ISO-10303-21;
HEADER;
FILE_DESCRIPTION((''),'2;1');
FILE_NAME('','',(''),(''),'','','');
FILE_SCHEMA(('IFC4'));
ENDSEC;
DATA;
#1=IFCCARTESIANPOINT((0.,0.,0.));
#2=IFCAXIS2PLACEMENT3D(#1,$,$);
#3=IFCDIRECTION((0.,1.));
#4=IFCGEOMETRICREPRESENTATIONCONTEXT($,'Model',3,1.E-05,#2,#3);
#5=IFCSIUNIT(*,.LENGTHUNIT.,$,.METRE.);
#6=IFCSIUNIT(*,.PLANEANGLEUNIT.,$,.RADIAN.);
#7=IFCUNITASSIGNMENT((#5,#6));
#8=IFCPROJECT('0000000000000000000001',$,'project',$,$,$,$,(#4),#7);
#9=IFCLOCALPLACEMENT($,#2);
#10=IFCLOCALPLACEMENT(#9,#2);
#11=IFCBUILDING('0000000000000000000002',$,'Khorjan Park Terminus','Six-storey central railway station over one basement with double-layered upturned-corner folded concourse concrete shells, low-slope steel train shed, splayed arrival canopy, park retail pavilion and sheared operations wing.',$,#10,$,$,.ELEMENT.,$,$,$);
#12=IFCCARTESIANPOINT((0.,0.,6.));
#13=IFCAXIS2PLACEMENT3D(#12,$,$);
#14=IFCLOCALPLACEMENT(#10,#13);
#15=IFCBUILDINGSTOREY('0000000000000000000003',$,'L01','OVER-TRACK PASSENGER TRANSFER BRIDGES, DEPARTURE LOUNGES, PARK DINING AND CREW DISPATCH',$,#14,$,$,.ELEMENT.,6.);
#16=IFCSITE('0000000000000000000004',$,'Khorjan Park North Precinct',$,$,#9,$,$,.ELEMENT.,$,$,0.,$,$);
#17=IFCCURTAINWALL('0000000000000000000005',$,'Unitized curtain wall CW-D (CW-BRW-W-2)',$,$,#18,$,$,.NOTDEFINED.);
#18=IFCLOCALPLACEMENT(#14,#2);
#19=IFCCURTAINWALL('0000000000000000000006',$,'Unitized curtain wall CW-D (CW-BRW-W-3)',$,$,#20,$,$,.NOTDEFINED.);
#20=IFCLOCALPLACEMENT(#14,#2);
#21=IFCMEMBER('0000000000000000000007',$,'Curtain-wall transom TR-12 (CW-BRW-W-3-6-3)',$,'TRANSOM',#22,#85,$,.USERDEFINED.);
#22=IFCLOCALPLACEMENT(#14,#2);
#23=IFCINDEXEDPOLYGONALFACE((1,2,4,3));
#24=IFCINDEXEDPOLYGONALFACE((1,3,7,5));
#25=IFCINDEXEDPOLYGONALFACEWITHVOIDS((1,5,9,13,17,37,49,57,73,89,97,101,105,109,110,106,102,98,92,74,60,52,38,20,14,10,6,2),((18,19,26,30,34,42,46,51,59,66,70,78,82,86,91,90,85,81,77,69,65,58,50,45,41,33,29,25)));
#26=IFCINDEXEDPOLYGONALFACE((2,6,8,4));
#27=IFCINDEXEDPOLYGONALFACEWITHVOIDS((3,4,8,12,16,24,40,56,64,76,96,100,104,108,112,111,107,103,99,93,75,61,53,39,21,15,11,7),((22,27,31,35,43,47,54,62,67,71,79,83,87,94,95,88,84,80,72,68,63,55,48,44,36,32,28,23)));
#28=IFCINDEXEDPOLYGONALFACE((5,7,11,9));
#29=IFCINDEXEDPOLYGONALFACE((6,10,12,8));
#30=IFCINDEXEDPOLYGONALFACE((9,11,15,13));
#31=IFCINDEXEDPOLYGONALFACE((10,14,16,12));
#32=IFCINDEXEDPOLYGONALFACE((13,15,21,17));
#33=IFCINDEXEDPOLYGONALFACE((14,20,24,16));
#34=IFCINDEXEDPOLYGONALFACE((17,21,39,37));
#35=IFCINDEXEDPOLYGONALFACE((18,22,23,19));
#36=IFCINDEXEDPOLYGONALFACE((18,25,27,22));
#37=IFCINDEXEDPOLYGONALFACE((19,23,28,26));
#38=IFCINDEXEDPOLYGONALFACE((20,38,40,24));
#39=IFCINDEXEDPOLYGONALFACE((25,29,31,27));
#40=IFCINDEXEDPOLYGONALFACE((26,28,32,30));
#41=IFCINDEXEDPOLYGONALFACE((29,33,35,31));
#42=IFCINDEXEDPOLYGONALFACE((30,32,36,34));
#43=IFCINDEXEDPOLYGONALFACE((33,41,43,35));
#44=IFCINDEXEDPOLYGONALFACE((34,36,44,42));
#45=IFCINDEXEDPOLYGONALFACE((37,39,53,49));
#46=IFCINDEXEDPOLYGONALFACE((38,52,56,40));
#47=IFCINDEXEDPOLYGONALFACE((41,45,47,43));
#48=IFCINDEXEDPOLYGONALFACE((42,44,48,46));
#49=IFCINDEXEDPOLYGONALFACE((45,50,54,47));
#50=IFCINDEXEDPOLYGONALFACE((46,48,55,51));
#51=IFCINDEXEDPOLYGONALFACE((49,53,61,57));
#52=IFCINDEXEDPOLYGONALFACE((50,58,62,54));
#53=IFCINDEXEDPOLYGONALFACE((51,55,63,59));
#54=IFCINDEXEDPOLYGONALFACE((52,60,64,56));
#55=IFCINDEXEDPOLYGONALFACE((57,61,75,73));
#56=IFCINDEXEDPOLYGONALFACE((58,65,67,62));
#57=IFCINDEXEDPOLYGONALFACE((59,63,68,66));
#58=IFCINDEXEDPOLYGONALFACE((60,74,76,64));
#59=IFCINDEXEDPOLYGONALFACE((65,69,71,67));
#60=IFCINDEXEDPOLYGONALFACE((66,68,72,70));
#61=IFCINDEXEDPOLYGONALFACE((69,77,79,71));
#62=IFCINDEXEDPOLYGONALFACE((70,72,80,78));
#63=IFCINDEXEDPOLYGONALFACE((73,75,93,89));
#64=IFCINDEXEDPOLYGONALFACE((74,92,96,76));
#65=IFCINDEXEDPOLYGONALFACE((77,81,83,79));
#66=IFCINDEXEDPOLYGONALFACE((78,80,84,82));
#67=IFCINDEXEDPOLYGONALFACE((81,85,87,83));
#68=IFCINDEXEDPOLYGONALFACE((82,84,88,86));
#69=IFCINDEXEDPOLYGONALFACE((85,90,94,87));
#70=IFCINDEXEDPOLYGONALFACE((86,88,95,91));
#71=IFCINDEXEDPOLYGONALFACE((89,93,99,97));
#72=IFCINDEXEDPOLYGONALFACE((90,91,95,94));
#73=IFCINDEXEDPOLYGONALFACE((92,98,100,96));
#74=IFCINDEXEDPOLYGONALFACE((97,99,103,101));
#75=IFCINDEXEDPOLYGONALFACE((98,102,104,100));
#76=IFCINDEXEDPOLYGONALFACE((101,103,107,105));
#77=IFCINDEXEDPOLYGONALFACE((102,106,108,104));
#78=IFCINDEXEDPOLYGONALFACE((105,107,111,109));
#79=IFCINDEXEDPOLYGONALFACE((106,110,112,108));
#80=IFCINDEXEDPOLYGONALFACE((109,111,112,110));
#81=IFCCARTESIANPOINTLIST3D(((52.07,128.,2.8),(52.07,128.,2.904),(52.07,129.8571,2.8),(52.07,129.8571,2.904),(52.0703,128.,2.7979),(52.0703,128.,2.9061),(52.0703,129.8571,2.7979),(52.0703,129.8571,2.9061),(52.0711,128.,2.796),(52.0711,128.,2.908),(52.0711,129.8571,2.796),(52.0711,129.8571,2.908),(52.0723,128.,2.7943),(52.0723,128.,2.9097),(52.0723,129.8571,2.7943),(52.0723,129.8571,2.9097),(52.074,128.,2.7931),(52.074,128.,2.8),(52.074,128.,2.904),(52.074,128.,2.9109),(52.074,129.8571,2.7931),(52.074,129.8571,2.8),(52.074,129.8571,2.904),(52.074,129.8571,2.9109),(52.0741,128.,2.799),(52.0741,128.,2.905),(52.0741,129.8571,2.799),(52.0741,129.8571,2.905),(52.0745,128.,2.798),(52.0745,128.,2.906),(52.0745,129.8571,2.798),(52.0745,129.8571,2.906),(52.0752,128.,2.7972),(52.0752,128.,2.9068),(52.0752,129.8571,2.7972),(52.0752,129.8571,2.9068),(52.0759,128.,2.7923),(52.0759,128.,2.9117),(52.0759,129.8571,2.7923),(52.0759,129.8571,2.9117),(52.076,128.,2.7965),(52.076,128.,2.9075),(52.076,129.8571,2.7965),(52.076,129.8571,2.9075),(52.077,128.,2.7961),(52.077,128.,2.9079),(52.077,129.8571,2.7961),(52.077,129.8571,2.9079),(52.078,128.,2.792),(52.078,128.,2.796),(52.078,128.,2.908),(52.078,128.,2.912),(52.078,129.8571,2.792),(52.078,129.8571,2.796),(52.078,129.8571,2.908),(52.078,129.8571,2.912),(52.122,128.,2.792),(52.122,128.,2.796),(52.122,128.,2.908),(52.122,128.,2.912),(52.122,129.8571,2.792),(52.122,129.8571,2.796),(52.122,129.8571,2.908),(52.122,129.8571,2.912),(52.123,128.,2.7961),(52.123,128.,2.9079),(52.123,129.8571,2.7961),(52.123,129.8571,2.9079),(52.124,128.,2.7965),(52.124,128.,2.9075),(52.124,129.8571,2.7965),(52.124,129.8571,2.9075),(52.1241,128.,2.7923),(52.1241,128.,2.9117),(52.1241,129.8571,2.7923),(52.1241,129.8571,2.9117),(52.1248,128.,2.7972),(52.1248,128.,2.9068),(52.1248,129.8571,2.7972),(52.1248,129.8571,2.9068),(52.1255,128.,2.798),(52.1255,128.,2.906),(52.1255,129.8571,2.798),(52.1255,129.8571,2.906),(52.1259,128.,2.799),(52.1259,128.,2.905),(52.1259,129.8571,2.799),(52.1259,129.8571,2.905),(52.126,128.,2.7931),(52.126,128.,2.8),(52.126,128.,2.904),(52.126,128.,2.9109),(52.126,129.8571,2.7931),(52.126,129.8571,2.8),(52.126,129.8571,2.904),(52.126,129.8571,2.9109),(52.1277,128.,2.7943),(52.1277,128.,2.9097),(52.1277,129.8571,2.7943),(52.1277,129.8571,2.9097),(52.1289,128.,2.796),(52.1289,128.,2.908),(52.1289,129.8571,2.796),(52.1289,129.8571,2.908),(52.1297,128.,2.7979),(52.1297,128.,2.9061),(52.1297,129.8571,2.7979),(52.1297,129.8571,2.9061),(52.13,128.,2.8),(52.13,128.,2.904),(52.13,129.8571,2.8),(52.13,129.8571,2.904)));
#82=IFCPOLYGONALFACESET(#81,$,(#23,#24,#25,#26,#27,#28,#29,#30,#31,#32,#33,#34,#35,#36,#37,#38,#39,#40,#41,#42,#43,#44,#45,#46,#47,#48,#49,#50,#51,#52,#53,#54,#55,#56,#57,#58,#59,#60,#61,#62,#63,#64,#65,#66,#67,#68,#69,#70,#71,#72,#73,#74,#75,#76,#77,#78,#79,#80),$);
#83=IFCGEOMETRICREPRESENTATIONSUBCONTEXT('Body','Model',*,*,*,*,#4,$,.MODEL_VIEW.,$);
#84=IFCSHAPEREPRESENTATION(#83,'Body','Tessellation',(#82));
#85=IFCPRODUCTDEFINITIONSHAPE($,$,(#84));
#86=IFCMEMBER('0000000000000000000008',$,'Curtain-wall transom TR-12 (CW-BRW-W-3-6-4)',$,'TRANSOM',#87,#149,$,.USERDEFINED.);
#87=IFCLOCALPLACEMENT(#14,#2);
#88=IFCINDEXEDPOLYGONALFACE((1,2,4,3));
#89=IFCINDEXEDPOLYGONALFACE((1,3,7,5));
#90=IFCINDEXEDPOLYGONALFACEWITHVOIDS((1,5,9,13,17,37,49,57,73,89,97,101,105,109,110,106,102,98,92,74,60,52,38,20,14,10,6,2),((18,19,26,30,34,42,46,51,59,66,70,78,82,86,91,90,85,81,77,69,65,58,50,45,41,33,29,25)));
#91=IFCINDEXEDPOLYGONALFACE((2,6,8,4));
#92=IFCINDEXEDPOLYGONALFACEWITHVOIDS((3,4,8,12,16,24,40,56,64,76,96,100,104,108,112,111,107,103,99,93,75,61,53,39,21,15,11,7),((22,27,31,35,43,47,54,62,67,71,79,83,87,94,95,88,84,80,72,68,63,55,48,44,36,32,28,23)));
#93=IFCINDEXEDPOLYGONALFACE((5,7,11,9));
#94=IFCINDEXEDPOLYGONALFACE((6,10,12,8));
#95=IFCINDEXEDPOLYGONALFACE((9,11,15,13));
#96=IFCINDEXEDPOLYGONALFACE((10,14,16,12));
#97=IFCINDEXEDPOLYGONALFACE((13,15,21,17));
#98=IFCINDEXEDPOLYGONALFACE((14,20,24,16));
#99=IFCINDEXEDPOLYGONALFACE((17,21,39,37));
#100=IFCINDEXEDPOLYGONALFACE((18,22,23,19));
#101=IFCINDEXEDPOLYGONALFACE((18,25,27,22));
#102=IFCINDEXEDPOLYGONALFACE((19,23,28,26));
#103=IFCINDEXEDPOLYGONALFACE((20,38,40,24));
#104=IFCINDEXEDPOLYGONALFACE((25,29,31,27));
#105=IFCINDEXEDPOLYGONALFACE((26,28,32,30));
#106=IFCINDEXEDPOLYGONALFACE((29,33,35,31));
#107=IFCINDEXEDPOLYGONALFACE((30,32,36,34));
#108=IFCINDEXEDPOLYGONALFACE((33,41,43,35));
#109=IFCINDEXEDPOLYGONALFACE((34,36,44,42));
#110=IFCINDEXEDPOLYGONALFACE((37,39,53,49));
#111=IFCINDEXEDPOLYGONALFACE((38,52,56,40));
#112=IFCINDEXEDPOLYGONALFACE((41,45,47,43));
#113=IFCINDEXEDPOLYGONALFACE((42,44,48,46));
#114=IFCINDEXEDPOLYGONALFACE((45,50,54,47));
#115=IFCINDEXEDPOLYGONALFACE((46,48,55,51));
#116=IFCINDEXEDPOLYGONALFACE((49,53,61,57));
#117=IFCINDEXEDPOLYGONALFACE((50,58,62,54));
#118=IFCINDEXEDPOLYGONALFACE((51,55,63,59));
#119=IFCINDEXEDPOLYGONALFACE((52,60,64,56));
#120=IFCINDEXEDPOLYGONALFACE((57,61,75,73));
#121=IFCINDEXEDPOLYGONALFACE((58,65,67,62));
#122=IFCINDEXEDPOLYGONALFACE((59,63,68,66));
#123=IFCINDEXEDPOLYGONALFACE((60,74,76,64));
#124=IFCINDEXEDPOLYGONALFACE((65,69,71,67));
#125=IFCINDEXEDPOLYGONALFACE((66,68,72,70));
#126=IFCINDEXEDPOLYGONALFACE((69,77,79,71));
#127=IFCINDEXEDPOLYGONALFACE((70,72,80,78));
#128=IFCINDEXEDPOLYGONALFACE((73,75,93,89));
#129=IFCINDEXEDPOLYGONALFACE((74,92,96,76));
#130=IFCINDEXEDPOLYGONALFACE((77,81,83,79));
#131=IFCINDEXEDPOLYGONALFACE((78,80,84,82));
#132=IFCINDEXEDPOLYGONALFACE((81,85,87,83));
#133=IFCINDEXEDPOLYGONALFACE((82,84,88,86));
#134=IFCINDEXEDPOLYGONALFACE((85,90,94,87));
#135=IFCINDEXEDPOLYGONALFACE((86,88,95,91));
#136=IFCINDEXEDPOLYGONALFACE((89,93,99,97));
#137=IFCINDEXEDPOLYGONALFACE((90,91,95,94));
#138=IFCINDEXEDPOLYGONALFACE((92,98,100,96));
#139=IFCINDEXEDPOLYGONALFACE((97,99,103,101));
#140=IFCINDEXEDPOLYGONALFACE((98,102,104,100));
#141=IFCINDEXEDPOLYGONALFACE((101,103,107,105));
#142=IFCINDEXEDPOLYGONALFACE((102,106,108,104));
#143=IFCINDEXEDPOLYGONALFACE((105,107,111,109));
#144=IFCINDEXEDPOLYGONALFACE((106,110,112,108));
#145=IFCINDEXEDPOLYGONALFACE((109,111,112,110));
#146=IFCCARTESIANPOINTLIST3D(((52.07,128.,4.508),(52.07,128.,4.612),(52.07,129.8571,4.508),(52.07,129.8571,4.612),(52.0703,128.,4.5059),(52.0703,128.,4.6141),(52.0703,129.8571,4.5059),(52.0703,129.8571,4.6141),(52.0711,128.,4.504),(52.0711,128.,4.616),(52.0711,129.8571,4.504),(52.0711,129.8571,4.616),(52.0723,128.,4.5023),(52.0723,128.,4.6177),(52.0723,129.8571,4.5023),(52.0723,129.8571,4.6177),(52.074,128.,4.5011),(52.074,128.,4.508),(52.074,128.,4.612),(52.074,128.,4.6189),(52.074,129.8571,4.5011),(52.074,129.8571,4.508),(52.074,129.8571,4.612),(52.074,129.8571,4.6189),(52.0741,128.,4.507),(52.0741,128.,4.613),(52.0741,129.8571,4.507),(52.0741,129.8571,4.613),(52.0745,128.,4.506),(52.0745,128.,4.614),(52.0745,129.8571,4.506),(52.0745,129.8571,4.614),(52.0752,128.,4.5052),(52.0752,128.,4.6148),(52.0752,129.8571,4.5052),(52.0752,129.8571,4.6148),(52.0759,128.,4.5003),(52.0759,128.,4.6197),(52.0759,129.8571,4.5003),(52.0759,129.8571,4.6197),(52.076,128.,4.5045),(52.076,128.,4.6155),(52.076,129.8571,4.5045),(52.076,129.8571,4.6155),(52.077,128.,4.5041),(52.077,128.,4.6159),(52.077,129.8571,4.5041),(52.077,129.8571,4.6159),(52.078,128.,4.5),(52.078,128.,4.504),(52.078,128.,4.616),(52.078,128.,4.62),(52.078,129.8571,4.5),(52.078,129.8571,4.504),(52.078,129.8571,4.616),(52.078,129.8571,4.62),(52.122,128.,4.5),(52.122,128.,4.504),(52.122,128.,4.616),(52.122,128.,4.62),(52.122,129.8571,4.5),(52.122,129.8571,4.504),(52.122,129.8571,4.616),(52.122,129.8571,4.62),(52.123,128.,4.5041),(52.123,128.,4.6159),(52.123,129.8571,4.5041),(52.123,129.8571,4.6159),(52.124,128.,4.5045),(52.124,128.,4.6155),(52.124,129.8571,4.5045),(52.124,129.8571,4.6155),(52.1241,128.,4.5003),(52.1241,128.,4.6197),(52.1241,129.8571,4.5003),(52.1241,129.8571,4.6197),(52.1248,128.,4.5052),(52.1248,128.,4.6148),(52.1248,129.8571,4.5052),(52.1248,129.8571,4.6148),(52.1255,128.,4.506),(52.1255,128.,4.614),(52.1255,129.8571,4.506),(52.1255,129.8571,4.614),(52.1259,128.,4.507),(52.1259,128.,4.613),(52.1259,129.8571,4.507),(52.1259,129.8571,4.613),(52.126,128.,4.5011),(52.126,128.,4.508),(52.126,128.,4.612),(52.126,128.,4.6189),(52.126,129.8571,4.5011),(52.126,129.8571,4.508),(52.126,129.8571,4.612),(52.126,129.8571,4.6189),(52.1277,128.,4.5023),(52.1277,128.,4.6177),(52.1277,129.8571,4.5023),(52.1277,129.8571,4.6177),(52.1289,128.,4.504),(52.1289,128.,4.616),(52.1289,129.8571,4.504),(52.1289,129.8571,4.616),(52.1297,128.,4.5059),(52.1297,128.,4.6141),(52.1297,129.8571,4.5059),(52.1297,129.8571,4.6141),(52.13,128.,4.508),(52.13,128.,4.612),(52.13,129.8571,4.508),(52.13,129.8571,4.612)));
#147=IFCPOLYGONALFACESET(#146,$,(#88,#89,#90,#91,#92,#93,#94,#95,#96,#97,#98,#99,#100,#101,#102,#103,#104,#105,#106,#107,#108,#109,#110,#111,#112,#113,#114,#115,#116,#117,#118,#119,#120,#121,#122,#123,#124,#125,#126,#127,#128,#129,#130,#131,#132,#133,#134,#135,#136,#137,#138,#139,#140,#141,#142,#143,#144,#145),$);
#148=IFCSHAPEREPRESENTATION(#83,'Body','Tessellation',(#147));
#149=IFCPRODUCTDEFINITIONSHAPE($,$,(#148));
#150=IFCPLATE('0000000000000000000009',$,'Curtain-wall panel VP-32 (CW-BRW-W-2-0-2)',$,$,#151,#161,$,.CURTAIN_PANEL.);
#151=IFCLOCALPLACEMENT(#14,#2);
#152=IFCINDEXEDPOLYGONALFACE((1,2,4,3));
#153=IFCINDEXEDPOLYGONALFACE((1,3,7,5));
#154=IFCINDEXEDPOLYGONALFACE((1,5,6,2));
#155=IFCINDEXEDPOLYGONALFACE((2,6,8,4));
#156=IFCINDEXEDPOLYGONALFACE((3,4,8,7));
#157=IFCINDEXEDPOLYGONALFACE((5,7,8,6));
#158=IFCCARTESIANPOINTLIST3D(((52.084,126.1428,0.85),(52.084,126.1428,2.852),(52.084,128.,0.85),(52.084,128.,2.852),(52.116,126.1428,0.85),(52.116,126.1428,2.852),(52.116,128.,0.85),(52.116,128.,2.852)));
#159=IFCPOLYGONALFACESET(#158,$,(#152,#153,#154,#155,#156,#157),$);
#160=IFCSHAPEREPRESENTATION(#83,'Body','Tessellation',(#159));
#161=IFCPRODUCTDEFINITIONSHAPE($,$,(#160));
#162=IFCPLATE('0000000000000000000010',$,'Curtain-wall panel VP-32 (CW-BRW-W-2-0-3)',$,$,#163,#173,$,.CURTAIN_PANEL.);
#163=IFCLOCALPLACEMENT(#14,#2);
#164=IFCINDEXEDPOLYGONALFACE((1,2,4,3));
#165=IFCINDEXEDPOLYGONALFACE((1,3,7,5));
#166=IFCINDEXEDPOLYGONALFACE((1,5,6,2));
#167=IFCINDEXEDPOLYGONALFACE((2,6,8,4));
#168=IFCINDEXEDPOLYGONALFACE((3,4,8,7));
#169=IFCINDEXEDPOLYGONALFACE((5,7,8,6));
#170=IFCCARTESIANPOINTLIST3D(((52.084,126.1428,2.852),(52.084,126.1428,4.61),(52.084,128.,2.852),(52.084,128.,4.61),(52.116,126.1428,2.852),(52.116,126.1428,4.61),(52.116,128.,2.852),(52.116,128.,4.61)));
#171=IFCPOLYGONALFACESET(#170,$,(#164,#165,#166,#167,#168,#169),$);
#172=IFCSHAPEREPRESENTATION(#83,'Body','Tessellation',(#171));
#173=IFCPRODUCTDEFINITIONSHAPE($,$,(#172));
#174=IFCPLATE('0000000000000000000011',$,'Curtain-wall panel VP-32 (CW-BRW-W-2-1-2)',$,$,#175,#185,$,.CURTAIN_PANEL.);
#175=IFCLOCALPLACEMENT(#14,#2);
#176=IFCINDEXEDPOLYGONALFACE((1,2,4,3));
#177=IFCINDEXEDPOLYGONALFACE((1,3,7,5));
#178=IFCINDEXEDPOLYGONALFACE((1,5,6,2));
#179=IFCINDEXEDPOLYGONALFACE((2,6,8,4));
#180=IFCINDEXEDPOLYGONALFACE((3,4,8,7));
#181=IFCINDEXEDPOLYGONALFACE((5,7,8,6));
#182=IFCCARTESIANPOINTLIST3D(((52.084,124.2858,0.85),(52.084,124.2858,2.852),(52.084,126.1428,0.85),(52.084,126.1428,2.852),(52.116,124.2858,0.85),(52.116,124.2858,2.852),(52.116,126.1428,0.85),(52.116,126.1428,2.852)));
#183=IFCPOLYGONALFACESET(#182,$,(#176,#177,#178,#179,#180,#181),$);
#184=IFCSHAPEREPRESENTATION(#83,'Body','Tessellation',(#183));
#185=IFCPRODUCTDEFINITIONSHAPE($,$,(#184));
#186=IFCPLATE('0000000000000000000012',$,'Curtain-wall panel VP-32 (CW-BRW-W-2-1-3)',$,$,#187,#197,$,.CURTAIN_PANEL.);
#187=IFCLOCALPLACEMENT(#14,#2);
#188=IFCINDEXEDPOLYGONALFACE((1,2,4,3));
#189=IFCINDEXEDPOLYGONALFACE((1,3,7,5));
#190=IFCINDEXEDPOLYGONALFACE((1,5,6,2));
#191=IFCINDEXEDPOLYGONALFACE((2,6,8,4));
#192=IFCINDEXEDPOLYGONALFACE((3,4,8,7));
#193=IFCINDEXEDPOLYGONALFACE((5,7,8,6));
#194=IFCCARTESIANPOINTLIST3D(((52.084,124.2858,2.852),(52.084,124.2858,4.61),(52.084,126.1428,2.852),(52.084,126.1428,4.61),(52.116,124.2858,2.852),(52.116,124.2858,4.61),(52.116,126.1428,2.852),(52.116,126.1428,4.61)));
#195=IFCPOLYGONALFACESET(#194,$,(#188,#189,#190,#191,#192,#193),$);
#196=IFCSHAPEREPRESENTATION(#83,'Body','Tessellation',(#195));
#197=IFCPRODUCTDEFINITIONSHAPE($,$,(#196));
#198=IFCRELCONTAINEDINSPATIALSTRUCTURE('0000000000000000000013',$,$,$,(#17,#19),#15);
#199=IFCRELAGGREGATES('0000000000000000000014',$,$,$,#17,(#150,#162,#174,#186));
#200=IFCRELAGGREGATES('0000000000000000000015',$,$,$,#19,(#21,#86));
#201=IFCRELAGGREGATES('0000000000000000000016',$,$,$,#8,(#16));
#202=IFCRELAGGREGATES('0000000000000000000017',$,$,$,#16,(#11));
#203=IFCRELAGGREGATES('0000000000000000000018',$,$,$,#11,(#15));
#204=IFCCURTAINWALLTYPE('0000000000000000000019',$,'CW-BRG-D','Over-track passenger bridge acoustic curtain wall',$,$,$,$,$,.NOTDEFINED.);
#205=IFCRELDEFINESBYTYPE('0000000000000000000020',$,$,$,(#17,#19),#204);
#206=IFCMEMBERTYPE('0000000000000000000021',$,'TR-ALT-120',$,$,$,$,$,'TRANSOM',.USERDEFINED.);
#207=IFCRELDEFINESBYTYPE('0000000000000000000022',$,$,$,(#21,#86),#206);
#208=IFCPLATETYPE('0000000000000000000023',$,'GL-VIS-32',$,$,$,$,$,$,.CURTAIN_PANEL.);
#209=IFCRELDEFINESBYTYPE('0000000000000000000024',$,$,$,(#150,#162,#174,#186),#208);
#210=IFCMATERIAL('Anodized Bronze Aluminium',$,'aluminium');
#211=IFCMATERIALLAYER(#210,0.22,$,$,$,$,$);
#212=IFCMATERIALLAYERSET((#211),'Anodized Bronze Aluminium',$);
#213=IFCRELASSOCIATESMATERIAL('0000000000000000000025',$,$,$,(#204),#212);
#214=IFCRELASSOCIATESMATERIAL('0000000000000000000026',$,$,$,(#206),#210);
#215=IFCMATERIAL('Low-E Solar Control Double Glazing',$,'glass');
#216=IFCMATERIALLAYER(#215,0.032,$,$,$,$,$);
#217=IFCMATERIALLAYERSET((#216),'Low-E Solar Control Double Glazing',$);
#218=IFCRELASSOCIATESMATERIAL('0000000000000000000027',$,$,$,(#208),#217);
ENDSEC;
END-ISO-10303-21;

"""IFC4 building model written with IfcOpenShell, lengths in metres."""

from ifc_helpers import new_model, si_unit, direction, frame, origin, origin_2d, place, context, subcontext, project, spatial, rectangle, hollow_rectangle, extrude, material, layer, layer_set, material_profile, profile_set, type_object, element, aggregate, save


model = new_model("IFC4")

# Units and contexts
model_context = context("Model", 3, precision=1e-05, world=origin(), true_north=direction((0.0, 1.0)))
body_context = subcontext(model_context, "Body", "Model", "MODEL_VIEW")
ifc_project = project(units=[si_unit("LENGTHUNIT", "METRE"), si_unit("PLANEANGLEUNIT", "RADIAN")], contexts=[model_context])

# Site, building, storey
site_placement = place(None, origin())
site = spatial("IfcSite", under=ifc_project, at=site_placement, Name="Khorjan Park North Precinct", CompositionType="ELEMENT", RefElevation=0.0)
building_placement = place(site_placement, origin())
building = spatial("IfcBuilding", under=site, at=building_placement, Name="Khorjan Park Terminus", Description="Six-storey central railway station over one basement with double-layered upturned-corner folded concourse concrete shells, low-slope steel train shed, splayed arrival canopy, park retail pavilion and sheared operations wing.", CompositionType="ELEMENT")
storey_placement = place(building_placement, frame((0.0, 0.0, 6.0)))
storey = spatial("IfcBuildingStorey", under=building, at=storey_placement, Name="L01", Description="OVER-TRACK PASSENGER TRANSFER BRIDGES, DEPARTURE LOUNGES, PARK DINING AND CREW DISPATCH", CompositionType="ELEMENT", Elevation=6.0)

# Curtain walls
ifc_material_1 = material(Name="Anodized Bronze Aluminium", Category="aluminium")
ifc_layer_1 = layer(ifc_material_1, 0.22)
ifc_layer_set_1 = layer_set([ifc_layer_1], Name="Anodized Bronze Aluminium")
curtain_wall_type = type_object("IfcCurtainWallType", Name="CW-BRG-D", Description="Over-track passenger bridge acoustic curtain wall", PredefinedType="NOTDEFINED", material=ifc_layer_set_1)
curtain_wall_1_placement = place(storey_placement, origin())
curtain_wall_1 = element("IfcCurtainWall", 1, at=curtain_wall_1_placement, inside=storey, type_object=curtain_wall_type, Name="Unitized curtain wall CW-D (CW-BRW-W-2)", PredefinedType="NOTDEFINED")
curtain_wall_2_placement = place(storey_placement, origin())
curtain_wall_2 = element("IfcCurtainWall", 2, at=curtain_wall_2_placement, inside=storey, type_object=curtain_wall_type, Name="Unitized curtain wall CW-D (CW-BRW-W-3)", PredefinedType="NOTDEFINED")

# Members
ifc_material_profile_1 = material_profile(ifc_material_1, hollow_rectangle(XDim=0.06, YDim=0.12, WallThickness=0.004, InnerFilletRadius=0.004, OuterFilletRadius=0.008, at=origin_2d()), Name="ALT 60x120x4")
ifc_profile_set_1 = profile_set([ifc_material_profile_1], Name="Anodized Bronze Aluminium")
member_type_1 = type_object("IfcMemberType", Name="TR-ALT-120", ElementType="TRANSOM", PredefinedType="USERDEFINED", material=ifc_profile_set_1)
member_1_placement = place(storey_placement, frame((52.1, 129.8571, 2.852), z_axis=(0.0, -1.0, 0.0), x_axis=(1.0, 0.0, 0.0)))
member_1 = element("IfcMember", 3, at=member_1_placement, type_object=member_type_1, Name="Curtain-wall transom TR-12 (CW-BRW-W-3-6-3)", ObjectType="TRANSOM", PredefinedType="USERDEFINED", context=body_context, shape_type="SweptSolid", body=[
    extrude(hollow_rectangle(XDim=0.06, YDim=0.12, WallThickness=0.004, InnerFilletRadius=0.004, OuterFilletRadius=0.008, at=origin_2d()), origin(), (0.0, 0.0, 1.0), 1.8571),
])
member_2_placement = place(storey_placement, frame((52.1, 129.8571, 4.56), z_axis=(0.0, -1.0, 0.0), x_axis=(1.0, 0.0, 0.0)))
member_2 = element("IfcMember", 4, at=member_2_placement, type_object=member_type_1, Name="Curtain-wall transom TR-12 (CW-BRW-W-3-6-4)", ObjectType="TRANSOM", PredefinedType="USERDEFINED", context=body_context, shape_type="SweptSolid", body=[
    extrude(hollow_rectangle(XDim=0.06, YDim=0.12, WallThickness=0.004, InnerFilletRadius=0.004, OuterFilletRadius=0.008, at=origin_2d()), origin(), (0.0, 0.0, 1.0), 1.8571),
])

# Plates
ifc_material_2 = material(Name="Low-E Solar Control Double Glazing", Category="glass")
ifc_layer_2 = layer(ifc_material_2, 0.032)
ifc_layer_set_2 = layer_set([ifc_layer_2], Name="Low-E Solar Control Double Glazing")
plate_type_1 = type_object("IfcPlateType", Name="GL-VIS-32", PredefinedType="CURTAIN_PANEL", material=ifc_layer_set_2)
plate_1_placement = place(storey_placement, frame((52.1, 127.0714, 0.85), z_axis=(0.0, 0.0, 1.0), x_axis=(0.0, -1.0, 0.0)))
plate_1 = element("IfcPlate", 5, at=plate_1_placement, type_object=plate_type_1, Name="Curtain-wall panel VP-32 (CW-BRW-W-2-0-2)", PredefinedType="CURTAIN_PANEL", context=body_context, shape_type="SweptSolid", body=[
    extrude(rectangle(XDim=1.8571, YDim=0.032, at=origin_2d()), origin(), (0.0, 0.0, 1.0), 2.002),
])
plate_2_placement = place(storey_placement, frame((52.1, 127.0714, 2.852), z_axis=(0.0, 0.0, 1.0), x_axis=(0.0, -1.0, 0.0)))
plate_2 = element("IfcPlate", 6, at=plate_2_placement, type_object=plate_type_1, Name="Curtain-wall panel VP-32 (CW-BRW-W-2-0-3)", PredefinedType="CURTAIN_PANEL", context=body_context, shape_type="SweptSolid", body=[
    extrude(rectangle(XDim=1.8571, YDim=0.032, at=origin_2d()), origin(), (0.0, 0.0, 1.0), 1.758),
])
plate_3_placement = place(storey_placement, frame((52.1, 125.2143, 0.85), z_axis=(0.0, 0.0, 1.0), x_axis=(0.0, -1.0, 0.0)))
plate_3 = element("IfcPlate", 7, at=plate_3_placement, type_object=plate_type_1, Name="Curtain-wall panel VP-32 (CW-BRW-W-2-1-2)", PredefinedType="CURTAIN_PANEL", context=body_context, shape_type="SweptSolid", body=[
    extrude(rectangle(XDim=1.8571, YDim=0.032, at=origin_2d()), origin(), (0.0, 0.0, 1.0), 2.002),
])
plate_4_placement = place(storey_placement, frame((52.1, 125.2143, 2.852), z_axis=(0.0, 0.0, 1.0), x_axis=(0.0, -1.0, 0.0)))
plate_4 = element("IfcPlate", 8, at=plate_4_placement, type_object=plate_type_1, Name="Curtain-wall panel VP-32 (CW-BRW-W-2-1-3)", PredefinedType="CURTAIN_PANEL", context=body_context, shape_type="SweptSolid", body=[
    extrude(rectangle(XDim=1.8571, YDim=0.032, at=origin_2d()), origin(), (0.0, 0.0, 1.0), 1.758),
])
aggregate(curtain_wall_1, [plate_1, plate_2, plate_3, plate_4])
aggregate(curtain_wall_2, [member_1, member_2])

save(model, "model.ifc")
